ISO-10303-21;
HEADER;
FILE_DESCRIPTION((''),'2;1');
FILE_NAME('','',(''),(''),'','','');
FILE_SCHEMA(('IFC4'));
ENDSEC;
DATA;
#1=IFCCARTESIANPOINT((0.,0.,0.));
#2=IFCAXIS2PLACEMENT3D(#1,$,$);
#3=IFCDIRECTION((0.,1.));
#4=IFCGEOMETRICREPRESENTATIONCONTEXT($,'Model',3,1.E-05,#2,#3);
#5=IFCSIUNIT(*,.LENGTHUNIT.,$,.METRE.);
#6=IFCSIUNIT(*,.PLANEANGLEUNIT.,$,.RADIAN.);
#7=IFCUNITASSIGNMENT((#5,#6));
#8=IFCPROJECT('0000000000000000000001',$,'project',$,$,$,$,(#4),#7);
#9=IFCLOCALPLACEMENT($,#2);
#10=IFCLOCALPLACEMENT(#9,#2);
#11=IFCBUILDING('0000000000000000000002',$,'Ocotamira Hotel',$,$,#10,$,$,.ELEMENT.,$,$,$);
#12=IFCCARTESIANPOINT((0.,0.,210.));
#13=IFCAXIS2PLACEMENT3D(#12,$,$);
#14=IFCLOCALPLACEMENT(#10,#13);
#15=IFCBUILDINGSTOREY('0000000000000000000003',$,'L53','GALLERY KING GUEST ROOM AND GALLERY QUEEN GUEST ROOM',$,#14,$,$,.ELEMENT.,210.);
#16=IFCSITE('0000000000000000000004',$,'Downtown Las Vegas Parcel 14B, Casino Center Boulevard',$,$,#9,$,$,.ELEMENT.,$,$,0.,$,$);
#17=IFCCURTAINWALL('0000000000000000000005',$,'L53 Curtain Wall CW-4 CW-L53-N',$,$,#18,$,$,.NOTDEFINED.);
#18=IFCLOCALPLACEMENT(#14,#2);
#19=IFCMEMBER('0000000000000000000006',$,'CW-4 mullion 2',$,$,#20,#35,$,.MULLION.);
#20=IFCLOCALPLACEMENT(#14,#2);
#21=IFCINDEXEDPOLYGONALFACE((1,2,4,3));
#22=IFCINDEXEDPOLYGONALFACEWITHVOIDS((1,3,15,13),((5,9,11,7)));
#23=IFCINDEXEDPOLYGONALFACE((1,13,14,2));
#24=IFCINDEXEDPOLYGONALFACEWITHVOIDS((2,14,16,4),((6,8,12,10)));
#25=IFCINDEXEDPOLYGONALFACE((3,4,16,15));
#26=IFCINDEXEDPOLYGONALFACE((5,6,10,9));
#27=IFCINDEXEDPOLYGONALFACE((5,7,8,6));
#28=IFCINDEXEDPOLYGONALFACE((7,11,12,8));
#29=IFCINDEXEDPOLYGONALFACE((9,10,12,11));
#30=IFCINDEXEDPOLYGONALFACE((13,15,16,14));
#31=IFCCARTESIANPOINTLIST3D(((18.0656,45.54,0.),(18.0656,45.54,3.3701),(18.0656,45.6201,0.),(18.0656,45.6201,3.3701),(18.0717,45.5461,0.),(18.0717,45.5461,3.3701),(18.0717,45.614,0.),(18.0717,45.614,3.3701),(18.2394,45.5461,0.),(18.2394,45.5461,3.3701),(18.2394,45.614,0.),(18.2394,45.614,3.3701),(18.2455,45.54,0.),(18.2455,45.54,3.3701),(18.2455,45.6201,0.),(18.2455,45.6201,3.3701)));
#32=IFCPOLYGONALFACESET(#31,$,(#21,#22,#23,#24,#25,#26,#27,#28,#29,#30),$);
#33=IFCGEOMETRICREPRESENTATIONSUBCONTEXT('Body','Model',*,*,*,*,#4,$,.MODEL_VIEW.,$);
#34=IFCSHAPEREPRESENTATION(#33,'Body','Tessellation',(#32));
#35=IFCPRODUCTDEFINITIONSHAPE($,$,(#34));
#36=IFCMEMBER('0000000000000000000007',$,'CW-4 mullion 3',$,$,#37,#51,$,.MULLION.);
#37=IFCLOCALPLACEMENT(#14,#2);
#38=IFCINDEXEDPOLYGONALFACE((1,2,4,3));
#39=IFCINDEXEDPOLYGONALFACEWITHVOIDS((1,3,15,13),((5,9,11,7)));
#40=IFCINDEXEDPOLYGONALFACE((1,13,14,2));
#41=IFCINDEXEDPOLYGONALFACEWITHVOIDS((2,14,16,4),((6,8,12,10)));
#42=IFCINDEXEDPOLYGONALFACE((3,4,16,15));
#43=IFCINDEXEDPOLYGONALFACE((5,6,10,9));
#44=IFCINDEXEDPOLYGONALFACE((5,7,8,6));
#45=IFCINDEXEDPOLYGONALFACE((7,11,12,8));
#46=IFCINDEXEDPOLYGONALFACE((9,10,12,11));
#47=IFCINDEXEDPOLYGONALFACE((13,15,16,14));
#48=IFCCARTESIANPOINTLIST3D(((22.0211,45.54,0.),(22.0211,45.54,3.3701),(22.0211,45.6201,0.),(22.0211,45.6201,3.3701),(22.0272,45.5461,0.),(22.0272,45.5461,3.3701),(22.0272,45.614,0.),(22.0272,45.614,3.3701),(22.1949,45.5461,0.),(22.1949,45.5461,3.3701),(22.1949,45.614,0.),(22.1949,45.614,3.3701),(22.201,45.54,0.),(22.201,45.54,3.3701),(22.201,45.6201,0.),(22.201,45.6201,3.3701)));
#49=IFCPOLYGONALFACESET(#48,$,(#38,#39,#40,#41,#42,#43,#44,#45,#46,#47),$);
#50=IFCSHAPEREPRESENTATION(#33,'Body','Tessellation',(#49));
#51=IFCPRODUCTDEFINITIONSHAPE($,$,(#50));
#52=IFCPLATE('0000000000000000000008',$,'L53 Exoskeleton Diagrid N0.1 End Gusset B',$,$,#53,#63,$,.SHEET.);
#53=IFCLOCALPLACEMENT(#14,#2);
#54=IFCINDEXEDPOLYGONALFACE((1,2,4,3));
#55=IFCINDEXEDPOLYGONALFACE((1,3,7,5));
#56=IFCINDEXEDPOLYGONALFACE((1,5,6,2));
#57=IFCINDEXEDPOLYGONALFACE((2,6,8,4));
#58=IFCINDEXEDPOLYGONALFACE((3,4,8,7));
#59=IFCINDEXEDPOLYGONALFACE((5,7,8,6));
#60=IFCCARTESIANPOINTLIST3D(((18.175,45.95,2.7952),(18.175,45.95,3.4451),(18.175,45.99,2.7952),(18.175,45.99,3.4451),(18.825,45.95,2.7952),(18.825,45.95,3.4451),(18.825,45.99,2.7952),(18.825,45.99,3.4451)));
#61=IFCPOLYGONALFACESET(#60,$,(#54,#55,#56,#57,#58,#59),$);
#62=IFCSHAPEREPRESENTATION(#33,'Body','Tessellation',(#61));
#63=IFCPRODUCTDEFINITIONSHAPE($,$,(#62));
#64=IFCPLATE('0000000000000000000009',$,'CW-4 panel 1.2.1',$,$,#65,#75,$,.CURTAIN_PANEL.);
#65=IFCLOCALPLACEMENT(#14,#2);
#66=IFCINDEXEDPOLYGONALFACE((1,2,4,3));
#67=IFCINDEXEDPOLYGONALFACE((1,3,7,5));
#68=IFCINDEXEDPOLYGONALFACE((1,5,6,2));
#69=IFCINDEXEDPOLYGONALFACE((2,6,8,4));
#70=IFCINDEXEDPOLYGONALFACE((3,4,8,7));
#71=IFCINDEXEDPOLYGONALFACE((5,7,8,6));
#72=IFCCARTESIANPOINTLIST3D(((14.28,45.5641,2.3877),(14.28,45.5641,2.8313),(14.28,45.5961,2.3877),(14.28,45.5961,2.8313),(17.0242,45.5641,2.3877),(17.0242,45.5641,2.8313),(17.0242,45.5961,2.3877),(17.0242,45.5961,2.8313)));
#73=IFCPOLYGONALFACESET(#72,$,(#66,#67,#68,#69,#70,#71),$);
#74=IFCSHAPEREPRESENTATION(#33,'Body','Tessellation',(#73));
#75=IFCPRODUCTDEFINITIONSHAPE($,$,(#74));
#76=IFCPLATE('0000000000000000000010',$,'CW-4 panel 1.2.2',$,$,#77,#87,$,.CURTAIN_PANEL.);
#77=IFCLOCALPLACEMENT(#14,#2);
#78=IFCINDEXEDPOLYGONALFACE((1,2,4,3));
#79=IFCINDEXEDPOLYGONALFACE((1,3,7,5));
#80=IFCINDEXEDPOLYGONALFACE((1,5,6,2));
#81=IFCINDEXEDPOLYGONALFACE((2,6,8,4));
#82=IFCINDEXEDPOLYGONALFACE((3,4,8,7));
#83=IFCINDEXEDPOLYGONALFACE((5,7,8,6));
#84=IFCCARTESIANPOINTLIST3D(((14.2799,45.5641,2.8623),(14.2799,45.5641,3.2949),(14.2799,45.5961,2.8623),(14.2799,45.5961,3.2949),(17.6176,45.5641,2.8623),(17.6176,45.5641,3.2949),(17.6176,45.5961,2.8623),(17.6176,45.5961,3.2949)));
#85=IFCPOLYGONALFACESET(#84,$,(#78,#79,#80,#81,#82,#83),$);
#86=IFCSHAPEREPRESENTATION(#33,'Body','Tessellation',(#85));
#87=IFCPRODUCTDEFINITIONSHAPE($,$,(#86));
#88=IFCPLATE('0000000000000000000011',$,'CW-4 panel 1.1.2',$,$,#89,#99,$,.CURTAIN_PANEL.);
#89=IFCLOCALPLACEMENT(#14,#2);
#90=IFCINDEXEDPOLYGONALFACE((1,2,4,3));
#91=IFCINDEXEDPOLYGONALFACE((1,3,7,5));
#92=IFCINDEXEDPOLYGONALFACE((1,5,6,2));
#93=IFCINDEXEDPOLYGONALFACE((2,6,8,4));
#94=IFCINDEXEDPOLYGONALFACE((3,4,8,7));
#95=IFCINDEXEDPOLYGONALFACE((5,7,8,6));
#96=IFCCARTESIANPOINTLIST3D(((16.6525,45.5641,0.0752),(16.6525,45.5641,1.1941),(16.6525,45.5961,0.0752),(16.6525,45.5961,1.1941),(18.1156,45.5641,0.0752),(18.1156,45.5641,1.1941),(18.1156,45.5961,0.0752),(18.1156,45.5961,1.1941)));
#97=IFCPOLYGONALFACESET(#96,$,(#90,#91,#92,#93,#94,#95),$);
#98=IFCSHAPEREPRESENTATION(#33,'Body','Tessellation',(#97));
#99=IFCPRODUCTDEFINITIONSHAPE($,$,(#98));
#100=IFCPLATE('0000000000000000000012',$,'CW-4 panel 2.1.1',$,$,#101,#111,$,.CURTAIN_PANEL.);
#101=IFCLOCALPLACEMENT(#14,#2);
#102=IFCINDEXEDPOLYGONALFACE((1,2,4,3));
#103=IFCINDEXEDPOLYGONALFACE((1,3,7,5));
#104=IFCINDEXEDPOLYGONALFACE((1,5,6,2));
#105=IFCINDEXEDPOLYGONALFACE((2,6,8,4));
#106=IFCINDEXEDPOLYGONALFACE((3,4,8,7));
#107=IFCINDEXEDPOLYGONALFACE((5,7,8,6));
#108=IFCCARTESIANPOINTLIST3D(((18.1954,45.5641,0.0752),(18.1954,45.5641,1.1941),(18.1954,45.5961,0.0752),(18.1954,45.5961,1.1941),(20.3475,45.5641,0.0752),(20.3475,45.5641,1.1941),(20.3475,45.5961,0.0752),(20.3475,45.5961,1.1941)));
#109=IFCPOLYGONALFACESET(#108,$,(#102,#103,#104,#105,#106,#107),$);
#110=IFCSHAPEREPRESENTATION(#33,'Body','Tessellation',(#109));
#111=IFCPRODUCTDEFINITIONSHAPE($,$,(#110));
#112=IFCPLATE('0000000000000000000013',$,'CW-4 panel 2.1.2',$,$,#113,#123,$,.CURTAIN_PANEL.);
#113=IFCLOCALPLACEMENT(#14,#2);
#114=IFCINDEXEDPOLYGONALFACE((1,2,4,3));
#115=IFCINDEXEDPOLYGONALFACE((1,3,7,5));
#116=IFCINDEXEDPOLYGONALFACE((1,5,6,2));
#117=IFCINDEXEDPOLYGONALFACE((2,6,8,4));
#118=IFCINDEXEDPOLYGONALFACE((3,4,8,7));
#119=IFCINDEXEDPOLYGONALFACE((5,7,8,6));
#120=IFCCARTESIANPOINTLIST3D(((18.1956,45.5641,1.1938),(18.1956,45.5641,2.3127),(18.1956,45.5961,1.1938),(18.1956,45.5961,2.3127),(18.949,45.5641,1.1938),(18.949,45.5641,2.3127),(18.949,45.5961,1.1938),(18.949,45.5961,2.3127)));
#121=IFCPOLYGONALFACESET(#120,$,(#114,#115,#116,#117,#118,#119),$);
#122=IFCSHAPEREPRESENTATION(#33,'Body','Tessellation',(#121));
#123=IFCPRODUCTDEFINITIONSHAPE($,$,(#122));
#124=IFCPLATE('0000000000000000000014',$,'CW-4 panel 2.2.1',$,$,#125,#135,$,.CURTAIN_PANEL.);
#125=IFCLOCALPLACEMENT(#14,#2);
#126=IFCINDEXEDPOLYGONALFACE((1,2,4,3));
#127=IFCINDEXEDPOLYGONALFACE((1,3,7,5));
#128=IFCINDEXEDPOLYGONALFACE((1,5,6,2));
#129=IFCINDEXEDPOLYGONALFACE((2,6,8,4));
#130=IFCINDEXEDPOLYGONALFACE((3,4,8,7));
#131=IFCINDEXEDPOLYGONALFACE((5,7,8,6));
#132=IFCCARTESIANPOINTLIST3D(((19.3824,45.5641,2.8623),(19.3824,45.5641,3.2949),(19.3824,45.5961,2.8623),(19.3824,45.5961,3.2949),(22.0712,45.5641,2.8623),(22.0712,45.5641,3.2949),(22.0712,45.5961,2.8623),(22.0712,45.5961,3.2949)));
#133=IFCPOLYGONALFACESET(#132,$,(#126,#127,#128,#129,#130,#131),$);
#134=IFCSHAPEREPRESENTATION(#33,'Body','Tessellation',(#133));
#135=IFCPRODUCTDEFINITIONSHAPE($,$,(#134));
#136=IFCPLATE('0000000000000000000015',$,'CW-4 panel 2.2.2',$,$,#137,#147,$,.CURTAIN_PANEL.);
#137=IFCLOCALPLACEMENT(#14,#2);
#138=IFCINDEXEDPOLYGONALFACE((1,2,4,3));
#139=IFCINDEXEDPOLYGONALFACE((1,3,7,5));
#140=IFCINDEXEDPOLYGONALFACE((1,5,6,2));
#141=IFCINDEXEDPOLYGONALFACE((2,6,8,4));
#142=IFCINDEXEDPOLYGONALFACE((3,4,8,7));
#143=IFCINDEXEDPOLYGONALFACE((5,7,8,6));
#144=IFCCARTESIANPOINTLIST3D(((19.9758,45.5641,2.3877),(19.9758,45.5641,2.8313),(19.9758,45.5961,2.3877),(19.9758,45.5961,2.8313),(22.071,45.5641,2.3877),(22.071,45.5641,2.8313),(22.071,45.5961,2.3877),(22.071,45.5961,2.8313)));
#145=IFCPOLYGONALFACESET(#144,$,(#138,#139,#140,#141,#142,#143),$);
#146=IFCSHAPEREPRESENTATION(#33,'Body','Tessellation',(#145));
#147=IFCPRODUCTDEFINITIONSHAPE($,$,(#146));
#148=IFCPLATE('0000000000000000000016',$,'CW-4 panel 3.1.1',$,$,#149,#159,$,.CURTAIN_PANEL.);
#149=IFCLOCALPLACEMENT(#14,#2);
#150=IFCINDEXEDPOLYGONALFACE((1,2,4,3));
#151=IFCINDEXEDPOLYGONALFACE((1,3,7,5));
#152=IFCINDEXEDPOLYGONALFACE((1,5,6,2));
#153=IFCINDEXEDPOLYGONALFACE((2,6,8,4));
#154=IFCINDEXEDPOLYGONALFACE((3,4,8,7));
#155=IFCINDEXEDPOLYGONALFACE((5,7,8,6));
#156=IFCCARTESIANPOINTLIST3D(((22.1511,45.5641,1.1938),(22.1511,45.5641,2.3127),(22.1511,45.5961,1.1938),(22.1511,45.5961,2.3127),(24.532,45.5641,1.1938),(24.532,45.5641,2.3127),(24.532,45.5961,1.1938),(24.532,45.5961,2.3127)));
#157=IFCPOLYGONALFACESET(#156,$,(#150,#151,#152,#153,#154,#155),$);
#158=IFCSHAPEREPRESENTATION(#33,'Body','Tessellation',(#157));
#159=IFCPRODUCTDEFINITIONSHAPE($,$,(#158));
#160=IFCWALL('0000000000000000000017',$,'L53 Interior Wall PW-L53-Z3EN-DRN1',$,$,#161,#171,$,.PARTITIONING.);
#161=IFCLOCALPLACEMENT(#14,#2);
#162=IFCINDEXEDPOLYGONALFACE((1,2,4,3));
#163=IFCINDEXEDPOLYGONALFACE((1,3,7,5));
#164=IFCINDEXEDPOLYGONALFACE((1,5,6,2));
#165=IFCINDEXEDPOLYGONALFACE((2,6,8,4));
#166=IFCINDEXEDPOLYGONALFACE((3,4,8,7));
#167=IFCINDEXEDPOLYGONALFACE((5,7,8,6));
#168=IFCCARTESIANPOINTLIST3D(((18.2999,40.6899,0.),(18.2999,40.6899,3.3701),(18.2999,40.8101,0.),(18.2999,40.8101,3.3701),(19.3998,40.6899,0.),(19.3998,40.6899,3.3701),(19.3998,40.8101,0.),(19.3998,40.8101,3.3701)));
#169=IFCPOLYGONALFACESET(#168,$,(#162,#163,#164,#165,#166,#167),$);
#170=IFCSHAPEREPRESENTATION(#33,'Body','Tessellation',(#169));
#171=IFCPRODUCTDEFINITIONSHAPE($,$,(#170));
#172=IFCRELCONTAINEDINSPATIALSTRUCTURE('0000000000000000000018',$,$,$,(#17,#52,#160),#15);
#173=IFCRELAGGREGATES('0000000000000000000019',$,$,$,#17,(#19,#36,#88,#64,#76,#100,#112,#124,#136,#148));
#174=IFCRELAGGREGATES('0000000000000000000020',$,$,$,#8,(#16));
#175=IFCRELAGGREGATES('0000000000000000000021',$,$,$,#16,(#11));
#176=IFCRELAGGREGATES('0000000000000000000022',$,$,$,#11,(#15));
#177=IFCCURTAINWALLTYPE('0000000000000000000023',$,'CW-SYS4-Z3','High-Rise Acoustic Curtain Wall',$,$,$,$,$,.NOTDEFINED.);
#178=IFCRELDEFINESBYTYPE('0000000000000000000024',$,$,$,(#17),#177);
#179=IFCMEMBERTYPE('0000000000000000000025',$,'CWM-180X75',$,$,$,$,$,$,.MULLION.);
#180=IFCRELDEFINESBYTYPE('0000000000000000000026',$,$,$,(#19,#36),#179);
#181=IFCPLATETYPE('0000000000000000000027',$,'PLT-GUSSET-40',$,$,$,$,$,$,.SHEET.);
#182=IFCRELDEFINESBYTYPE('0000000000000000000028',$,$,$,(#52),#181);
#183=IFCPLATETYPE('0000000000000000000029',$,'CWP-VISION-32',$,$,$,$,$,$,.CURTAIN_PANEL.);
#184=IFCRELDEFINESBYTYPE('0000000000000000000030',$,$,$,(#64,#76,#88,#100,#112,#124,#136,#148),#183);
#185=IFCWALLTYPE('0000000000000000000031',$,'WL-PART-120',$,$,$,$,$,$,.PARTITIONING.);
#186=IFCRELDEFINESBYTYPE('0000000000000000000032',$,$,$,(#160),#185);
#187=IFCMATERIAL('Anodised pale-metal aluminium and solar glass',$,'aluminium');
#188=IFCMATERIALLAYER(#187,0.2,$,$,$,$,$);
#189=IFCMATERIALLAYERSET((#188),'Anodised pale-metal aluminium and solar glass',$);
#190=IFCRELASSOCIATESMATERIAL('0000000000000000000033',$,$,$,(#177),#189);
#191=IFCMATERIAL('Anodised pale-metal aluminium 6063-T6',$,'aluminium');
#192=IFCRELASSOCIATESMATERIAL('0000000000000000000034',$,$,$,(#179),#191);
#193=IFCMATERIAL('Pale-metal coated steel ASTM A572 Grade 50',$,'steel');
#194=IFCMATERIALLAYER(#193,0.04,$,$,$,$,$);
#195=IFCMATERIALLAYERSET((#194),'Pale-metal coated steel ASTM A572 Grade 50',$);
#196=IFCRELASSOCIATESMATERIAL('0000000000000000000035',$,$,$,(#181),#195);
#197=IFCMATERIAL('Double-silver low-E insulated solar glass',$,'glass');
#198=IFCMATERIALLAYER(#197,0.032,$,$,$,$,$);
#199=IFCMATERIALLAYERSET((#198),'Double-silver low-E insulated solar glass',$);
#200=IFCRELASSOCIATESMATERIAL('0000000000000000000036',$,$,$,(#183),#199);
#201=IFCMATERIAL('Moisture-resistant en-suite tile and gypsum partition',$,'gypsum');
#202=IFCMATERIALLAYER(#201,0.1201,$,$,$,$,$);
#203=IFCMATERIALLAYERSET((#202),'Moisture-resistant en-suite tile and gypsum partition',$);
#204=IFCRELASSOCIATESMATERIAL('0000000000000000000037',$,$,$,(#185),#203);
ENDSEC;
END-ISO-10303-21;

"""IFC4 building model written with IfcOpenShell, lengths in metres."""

from ifc_helpers import new_model, si_unit, direction, frame, frame_2d, origin, origin_2d, place, context, subcontext, project, spatial, rectangle, hollow_rectangle, extrude, source, transform, mapped, material, layer, layer_set, material_profile, profile_set, type_object, element, aggregate, save


model = new_model("IFC4")

# Units and contexts
model_context = context("Model", 3, precision=1e-05, world=origin(), true_north=direction((0.0, 1.0)))
body_context = subcontext(model_context, "Body", "Model", "MODEL_VIEW")
ifc_project = project(units=[si_unit("LENGTHUNIT", "METRE"), si_unit("PLANEANGLEUNIT", "RADIAN")], contexts=[model_context])

# Site, building, storey
site_placement = place(None, origin())
site = spatial("IfcSite", under=ifc_project, at=site_placement, Name="Downtown Las Vegas Parcel 14B, Casino Center Boulevard", CompositionType="ELEMENT", RefElevation=0.0)
building_placement = place(site_placement, origin())
building = spatial("IfcBuilding", under=site, at=building_placement, Name="Ocotamira Hotel", CompositionType="ELEMENT")
storey_placement = place(building_placement, frame((0.0, 0.0, 210.0)))
storey = spatial("IfcBuildingStorey", under=building, at=storey_placement, Name="L53", Description="GALLERY KING GUEST ROOM AND GALLERY QUEEN GUEST ROOM", CompositionType="ELEMENT", Elevation=210.0)

# Curtain wall, members
ifc_material_1 = material(Name="Anodised pale-metal aluminium and solar glass", Category="aluminium")
ifc_layer_1 = layer(ifc_material_1, 0.2)
ifc_layer_set_1 = layer_set([ifc_layer_1], Name="Anodised pale-metal aluminium and solar glass")
curtain_wall_type = type_object("IfcCurtainWallType", Name="CW-SYS4-Z3", Description="High-Rise Acoustic Curtain Wall", PredefinedType="NOTDEFINED", material=ifc_layer_set_1)
curtain_wall_placement = place(storey_placement, origin())
curtain_wall = element("IfcCurtainWall", 1, at=curtain_wall_placement, inside=storey, type_object=curtain_wall_type, Name="L53 Curtain Wall CW-4 CW-L53-N", PredefinedType="NOTDEFINED")
ifc_material_2 = material(Name="Anodised pale-metal aluminium 6063-T6", Category="aluminium")
ifc_material_profile_1 = material_profile(ifc_material_2, hollow_rectangle(XDim=0.0801, YDim=0.1799, WallThickness=0.0061, at=origin_2d()), Name="HSS180X80X6")
ifc_profile_set_1 = profile_set([ifc_material_profile_1], Name="Anodised pale-metal aluminium 6063-T6")
member_type_1 = type_object("IfcMemberType", Name="CWM-180X75", PredefinedType="MULLION", material=ifc_profile_set_1)
shared_shape_1 = source(origin(), body_context, "Body", "SweptSolid", [
    extrude(hollow_rectangle(XDim=0.0801, YDim=0.1799, WallThickness=0.0061, at=origin_2d()), origin(), (0.0, 0.0, 1.0), 3.3701),
])
member_1_placement = place(storey_placement, frame((18.1555, 45.5801, 0.0), z_axis=(0.0, 0.0, 1.0), x_axis=(0.0, 1.0, 0.0)))
member_1 = element("IfcMember", 2, at=member_1_placement, type_object=member_type_1, Name="CW-4 mullion 2", PredefinedType="MULLION", context=body_context, shape_type="MappedRepresentation", body=[
    mapped(shared_shape_1, transform((0.0, 0.0, 0.0), scale=1.0)),
])
member_2_placement = place(storey_placement, frame((22.1111, 45.5801, 0.0), z_axis=(0.0, 0.0, 1.0), x_axis=(0.0, 1.0, 0.0)))
member_2 = element("IfcMember", 3, at=member_2_placement, type_object=member_type_1, Name="CW-4 mullion 3", PredefinedType="MULLION", context=body_context, shape_type="MappedRepresentation", body=[
    mapped(shared_shape_1, transform((0.0, 0.0, 0.0), scale=1.0)),
])

# Plates
ifc_material_3 = material(Name="Pale-metal coated steel ASTM A572 Grade 50", Category="steel")
ifc_layer_2 = layer(ifc_material_3, 0.04)
ifc_layer_set_2 = layer_set([ifc_layer_2], Name="Pale-metal coated steel ASTM A572 Grade 50")
plate_type_1 = type_object("IfcPlateType", Name="PLT-GUSSET-40", PredefinedType="SHEET", material=ifc_layer_set_2)
shared_shape_2 = source(origin(), body_context, "Body", "SweptSolid", [
    extrude(rectangle(XDim=0.6499, YDim=0.04, at=origin_2d()), origin(), (0.0, 0.0, 1.0), 0.6499),
])
plate_1_placement = place(storey_placement, frame((18.5, 45.97, 2.7952), z_axis=(0.0, 0.0, 1.0), x_axis=(1.0, 0.0, 0.0)))
element("IfcPlate", 4, at=plate_1_placement, inside=storey, type_object=plate_type_1, Name="L53 Exoskeleton Diagrid N0.1 End Gusset B", PredefinedType="SHEET", context=body_context, shape_type="MappedRepresentation", body=[
    mapped(shared_shape_2, transform((0.0, 0.0, 0.0), scale=1.0)),
])
ifc_material_4 = material(Name="Double-silver low-E insulated solar glass", Category="glass")
ifc_layer_3 = layer(ifc_material_4, 0.032)
ifc_layer_set_3 = layer_set([ifc_layer_3], Name="Double-silver low-E insulated solar glass")
plate_type_2 = type_object("IfcPlateType", Name="CWP-VISION-32", PredefinedType="CURTAIN_PANEL", material=ifc_layer_set_3)
shared_shape_3 = source(origin(), body_context, "Body", "SweptSolid", [
    extrude(rectangle(XDim=2.7441, YDim=0.032, at=origin_2d()), origin(), (0.0, 0.0, 1.0), 0.4436),
])
plate_2_placement = place(storey_placement, frame((15.6521, 45.5801, 2.3877), z_axis=(0.0, 0.0, 1.0), x_axis=(1.0, 0.0, 0.0)))
plate_2 = element("IfcPlate", 5, at=plate_2_placement, type_object=plate_type_2, Name="CW-4 panel 1.2.1", PredefinedType="CURTAIN_PANEL", context=body_context, shape_type="MappedRepresentation", body=[
    mapped(shared_shape_3, transform((0.0, 0.0, 0.0), scale=1.0)),
])
shared_shape_4 = source(origin(), body_context, "Body", "SweptSolid", [
    extrude(rectangle(XDim=3.3376, YDim=0.032, at=origin_2d()), origin(), (0.0, 0.0, 1.0), 0.4326),
])
plate_3_placement = place(storey_placement, frame((15.9487, 45.5801, 2.8623), z_axis=(0.0, 0.0, 1.0), x_axis=(1.0, 0.0, 0.0)))
plate_3 = element("IfcPlate", 6, at=plate_3_placement, type_object=plate_type_2, Name="CW-4 panel 1.2.2", PredefinedType="CURTAIN_PANEL", context=body_context, shape_type="MappedRepresentation", body=[
    mapped(shared_shape_4, transform((0.0, 0.0, 0.0), scale=1.0)),
])
shared_shape_5 = source(origin(), body_context, "Body", "SweptSolid", [
    extrude(rectangle(XDim=1.4631, YDim=0.032, at=origin_2d()), origin(), (0.0, 0.0, 1.0), 1.1189),
])
plate_4_placement = place(storey_placement, frame((17.384, 45.5801, 0.0752), z_axis=(0.0, 0.0, 1.0), x_axis=(1.0, 0.0, 0.0)))
plate_4 = element("IfcPlate", 7, at=plate_4_placement, type_object=plate_type_2, Name="CW-4 panel 1.1.2", PredefinedType="CURTAIN_PANEL", context=body_context, shape_type="MappedRepresentation", body=[
    mapped(shared_shape_5, transform((0.0, 0.0, 0.0), scale=1.0)),
])
shared_shape_6 = source(origin(), body_context, "Body", "SweptSolid", [
    extrude(rectangle(XDim=2.1521, YDim=0.032, at=origin_2d()), origin(), (0.0, 0.0, 1.0), 1.1189),
])
plate_5_placement = place(storey_placement, frame((19.2715, 45.5801, 0.0752), z_axis=(0.0, 0.0, 1.0), x_axis=(1.0, 0.0, 0.0)))
plate_5 = element("IfcPlate", 8, at=plate_5_placement, type_object=plate_type_2, Name="CW-4 panel 2.1.1", PredefinedType="CURTAIN_PANEL", context=body_context, shape_type="MappedRepresentation", body=[
    mapped(shared_shape_6, transform((0.0, 0.0, 0.0), scale=1.0)),
])
shared_shape_7 = source(origin(), body_context, "Body", "SweptSolid", [
    extrude(rectangle(XDim=0.7534, YDim=0.032, at=origin_2d()), origin(), (0.0, 0.0, 1.0), 1.1189),
])
plate_6_placement = place(storey_placement, frame((18.5723, 45.5801, 1.1938), z_axis=(0.0, 0.0, 1.0), x_axis=(1.0, 0.0, 0.0)))
plate_6 = element("IfcPlate", 9, at=plate_6_placement, type_object=plate_type_2, Name="CW-4 panel 2.1.2", PredefinedType="CURTAIN_PANEL", context=body_context, shape_type="MappedRepresentation", body=[
    mapped(shared_shape_7, transform((0.0, 0.0, 0.0), scale=1.0)),
])
shared_shape_8 = source(origin(), body_context, "Body", "SweptSolid", [
    extrude(rectangle(XDim=2.6887, YDim=0.032, at=origin_2d()), origin(), (0.0, 0.0, 1.0), 0.4326),
])
plate_7_placement = place(storey_placement, frame((20.7268, 45.5801, 2.8623), z_axis=(0.0, 0.0, 1.0), x_axis=(1.0, 0.0, 0.0)))
plate_7 = element("IfcPlate", 10, at=plate_7_placement, type_object=plate_type_2, Name="CW-4 panel 2.2.1", PredefinedType="CURTAIN_PANEL", context=body_context, shape_type="MappedRepresentation", body=[
    mapped(shared_shape_8, transform((0.0, 0.0, 0.0), scale=1.0)),
])
shared_shape_9 = source(origin(), body_context, "Body", "SweptSolid", [
    extrude(rectangle(XDim=2.0952, YDim=0.032, at=origin_2d()), origin(), (0.0, 0.0, 1.0), 0.4436),
])
plate_8_placement = place(storey_placement, frame((21.0234, 45.5801, 2.3877), z_axis=(0.0, 0.0, 1.0), x_axis=(1.0, 0.0, 0.0)))
plate_8 = element("IfcPlate", 11, at=plate_8_placement, type_object=plate_type_2, Name="CW-4 panel 2.2.2", PredefinedType="CURTAIN_PANEL", context=body_context, shape_type="MappedRepresentation", body=[
    mapped(shared_shape_9, transform((0.0, 0.0, 0.0), scale=1.0)),
])
shared_shape_10 = source(origin(), body_context, "Body", "SweptSolid", [
    extrude(rectangle(XDim=2.3809, YDim=0.032, at=origin_2d()), origin(), (0.0, 0.0, 1.0), 1.1189),
])
plate_9_placement = place(storey_placement, frame((23.3416, 45.5801, 1.1938), z_axis=(0.0, 0.0, 1.0), x_axis=(1.0, 0.0, 0.0)))
plate_9 = element("IfcPlate", 12, at=plate_9_placement, type_object=plate_type_2, Name="CW-4 panel 3.1.1", PredefinedType="CURTAIN_PANEL", context=body_context, shape_type="MappedRepresentation", body=[
    mapped(shared_shape_10, transform((0.0, 0.0, 0.0), scale=1.0)),
])
aggregate(curtain_wall, [member_1, member_2, plate_4, plate_2, plate_3, plate_5, plate_6, plate_7, plate_8, plate_9])

# Wall
ifc_material_5 = material(Name="Moisture-resistant en-suite tile and gypsum partition", Category="gypsum")
ifc_layer_4 = layer(ifc_material_5, 0.1201)
ifc_layer_set_4 = layer_set([ifc_layer_4], Name="Moisture-resistant en-suite tile and gypsum partition")
wall_type_1 = type_object("IfcWallType", Name="WL-PART-120", PredefinedType="PARTITIONING", material=ifc_layer_set_4)
wall_1_placement = place(storey_placement, frame((18.3, 40.75, 0.0), z_axis=(0.0, 0.0, 1.0), x_axis=(1.0, 0.0, 0.0)))
element("IfcWall", 13, at=wall_1_placement, inside=storey, type_object=wall_type_1, Name="L53 Interior Wall PW-L53-Z3EN-DRN1", PredefinedType="PARTITIONING", context=body_context, shape_type="SweptSolid", body=[
    extrude(rectangle(XDim=1.0999, YDim=0.1201, at=frame_2d((0.5498, 0.0))), origin(), (0.0, 0.0, 1.0), 3.3701),
])

save(model, "model.ifc")
